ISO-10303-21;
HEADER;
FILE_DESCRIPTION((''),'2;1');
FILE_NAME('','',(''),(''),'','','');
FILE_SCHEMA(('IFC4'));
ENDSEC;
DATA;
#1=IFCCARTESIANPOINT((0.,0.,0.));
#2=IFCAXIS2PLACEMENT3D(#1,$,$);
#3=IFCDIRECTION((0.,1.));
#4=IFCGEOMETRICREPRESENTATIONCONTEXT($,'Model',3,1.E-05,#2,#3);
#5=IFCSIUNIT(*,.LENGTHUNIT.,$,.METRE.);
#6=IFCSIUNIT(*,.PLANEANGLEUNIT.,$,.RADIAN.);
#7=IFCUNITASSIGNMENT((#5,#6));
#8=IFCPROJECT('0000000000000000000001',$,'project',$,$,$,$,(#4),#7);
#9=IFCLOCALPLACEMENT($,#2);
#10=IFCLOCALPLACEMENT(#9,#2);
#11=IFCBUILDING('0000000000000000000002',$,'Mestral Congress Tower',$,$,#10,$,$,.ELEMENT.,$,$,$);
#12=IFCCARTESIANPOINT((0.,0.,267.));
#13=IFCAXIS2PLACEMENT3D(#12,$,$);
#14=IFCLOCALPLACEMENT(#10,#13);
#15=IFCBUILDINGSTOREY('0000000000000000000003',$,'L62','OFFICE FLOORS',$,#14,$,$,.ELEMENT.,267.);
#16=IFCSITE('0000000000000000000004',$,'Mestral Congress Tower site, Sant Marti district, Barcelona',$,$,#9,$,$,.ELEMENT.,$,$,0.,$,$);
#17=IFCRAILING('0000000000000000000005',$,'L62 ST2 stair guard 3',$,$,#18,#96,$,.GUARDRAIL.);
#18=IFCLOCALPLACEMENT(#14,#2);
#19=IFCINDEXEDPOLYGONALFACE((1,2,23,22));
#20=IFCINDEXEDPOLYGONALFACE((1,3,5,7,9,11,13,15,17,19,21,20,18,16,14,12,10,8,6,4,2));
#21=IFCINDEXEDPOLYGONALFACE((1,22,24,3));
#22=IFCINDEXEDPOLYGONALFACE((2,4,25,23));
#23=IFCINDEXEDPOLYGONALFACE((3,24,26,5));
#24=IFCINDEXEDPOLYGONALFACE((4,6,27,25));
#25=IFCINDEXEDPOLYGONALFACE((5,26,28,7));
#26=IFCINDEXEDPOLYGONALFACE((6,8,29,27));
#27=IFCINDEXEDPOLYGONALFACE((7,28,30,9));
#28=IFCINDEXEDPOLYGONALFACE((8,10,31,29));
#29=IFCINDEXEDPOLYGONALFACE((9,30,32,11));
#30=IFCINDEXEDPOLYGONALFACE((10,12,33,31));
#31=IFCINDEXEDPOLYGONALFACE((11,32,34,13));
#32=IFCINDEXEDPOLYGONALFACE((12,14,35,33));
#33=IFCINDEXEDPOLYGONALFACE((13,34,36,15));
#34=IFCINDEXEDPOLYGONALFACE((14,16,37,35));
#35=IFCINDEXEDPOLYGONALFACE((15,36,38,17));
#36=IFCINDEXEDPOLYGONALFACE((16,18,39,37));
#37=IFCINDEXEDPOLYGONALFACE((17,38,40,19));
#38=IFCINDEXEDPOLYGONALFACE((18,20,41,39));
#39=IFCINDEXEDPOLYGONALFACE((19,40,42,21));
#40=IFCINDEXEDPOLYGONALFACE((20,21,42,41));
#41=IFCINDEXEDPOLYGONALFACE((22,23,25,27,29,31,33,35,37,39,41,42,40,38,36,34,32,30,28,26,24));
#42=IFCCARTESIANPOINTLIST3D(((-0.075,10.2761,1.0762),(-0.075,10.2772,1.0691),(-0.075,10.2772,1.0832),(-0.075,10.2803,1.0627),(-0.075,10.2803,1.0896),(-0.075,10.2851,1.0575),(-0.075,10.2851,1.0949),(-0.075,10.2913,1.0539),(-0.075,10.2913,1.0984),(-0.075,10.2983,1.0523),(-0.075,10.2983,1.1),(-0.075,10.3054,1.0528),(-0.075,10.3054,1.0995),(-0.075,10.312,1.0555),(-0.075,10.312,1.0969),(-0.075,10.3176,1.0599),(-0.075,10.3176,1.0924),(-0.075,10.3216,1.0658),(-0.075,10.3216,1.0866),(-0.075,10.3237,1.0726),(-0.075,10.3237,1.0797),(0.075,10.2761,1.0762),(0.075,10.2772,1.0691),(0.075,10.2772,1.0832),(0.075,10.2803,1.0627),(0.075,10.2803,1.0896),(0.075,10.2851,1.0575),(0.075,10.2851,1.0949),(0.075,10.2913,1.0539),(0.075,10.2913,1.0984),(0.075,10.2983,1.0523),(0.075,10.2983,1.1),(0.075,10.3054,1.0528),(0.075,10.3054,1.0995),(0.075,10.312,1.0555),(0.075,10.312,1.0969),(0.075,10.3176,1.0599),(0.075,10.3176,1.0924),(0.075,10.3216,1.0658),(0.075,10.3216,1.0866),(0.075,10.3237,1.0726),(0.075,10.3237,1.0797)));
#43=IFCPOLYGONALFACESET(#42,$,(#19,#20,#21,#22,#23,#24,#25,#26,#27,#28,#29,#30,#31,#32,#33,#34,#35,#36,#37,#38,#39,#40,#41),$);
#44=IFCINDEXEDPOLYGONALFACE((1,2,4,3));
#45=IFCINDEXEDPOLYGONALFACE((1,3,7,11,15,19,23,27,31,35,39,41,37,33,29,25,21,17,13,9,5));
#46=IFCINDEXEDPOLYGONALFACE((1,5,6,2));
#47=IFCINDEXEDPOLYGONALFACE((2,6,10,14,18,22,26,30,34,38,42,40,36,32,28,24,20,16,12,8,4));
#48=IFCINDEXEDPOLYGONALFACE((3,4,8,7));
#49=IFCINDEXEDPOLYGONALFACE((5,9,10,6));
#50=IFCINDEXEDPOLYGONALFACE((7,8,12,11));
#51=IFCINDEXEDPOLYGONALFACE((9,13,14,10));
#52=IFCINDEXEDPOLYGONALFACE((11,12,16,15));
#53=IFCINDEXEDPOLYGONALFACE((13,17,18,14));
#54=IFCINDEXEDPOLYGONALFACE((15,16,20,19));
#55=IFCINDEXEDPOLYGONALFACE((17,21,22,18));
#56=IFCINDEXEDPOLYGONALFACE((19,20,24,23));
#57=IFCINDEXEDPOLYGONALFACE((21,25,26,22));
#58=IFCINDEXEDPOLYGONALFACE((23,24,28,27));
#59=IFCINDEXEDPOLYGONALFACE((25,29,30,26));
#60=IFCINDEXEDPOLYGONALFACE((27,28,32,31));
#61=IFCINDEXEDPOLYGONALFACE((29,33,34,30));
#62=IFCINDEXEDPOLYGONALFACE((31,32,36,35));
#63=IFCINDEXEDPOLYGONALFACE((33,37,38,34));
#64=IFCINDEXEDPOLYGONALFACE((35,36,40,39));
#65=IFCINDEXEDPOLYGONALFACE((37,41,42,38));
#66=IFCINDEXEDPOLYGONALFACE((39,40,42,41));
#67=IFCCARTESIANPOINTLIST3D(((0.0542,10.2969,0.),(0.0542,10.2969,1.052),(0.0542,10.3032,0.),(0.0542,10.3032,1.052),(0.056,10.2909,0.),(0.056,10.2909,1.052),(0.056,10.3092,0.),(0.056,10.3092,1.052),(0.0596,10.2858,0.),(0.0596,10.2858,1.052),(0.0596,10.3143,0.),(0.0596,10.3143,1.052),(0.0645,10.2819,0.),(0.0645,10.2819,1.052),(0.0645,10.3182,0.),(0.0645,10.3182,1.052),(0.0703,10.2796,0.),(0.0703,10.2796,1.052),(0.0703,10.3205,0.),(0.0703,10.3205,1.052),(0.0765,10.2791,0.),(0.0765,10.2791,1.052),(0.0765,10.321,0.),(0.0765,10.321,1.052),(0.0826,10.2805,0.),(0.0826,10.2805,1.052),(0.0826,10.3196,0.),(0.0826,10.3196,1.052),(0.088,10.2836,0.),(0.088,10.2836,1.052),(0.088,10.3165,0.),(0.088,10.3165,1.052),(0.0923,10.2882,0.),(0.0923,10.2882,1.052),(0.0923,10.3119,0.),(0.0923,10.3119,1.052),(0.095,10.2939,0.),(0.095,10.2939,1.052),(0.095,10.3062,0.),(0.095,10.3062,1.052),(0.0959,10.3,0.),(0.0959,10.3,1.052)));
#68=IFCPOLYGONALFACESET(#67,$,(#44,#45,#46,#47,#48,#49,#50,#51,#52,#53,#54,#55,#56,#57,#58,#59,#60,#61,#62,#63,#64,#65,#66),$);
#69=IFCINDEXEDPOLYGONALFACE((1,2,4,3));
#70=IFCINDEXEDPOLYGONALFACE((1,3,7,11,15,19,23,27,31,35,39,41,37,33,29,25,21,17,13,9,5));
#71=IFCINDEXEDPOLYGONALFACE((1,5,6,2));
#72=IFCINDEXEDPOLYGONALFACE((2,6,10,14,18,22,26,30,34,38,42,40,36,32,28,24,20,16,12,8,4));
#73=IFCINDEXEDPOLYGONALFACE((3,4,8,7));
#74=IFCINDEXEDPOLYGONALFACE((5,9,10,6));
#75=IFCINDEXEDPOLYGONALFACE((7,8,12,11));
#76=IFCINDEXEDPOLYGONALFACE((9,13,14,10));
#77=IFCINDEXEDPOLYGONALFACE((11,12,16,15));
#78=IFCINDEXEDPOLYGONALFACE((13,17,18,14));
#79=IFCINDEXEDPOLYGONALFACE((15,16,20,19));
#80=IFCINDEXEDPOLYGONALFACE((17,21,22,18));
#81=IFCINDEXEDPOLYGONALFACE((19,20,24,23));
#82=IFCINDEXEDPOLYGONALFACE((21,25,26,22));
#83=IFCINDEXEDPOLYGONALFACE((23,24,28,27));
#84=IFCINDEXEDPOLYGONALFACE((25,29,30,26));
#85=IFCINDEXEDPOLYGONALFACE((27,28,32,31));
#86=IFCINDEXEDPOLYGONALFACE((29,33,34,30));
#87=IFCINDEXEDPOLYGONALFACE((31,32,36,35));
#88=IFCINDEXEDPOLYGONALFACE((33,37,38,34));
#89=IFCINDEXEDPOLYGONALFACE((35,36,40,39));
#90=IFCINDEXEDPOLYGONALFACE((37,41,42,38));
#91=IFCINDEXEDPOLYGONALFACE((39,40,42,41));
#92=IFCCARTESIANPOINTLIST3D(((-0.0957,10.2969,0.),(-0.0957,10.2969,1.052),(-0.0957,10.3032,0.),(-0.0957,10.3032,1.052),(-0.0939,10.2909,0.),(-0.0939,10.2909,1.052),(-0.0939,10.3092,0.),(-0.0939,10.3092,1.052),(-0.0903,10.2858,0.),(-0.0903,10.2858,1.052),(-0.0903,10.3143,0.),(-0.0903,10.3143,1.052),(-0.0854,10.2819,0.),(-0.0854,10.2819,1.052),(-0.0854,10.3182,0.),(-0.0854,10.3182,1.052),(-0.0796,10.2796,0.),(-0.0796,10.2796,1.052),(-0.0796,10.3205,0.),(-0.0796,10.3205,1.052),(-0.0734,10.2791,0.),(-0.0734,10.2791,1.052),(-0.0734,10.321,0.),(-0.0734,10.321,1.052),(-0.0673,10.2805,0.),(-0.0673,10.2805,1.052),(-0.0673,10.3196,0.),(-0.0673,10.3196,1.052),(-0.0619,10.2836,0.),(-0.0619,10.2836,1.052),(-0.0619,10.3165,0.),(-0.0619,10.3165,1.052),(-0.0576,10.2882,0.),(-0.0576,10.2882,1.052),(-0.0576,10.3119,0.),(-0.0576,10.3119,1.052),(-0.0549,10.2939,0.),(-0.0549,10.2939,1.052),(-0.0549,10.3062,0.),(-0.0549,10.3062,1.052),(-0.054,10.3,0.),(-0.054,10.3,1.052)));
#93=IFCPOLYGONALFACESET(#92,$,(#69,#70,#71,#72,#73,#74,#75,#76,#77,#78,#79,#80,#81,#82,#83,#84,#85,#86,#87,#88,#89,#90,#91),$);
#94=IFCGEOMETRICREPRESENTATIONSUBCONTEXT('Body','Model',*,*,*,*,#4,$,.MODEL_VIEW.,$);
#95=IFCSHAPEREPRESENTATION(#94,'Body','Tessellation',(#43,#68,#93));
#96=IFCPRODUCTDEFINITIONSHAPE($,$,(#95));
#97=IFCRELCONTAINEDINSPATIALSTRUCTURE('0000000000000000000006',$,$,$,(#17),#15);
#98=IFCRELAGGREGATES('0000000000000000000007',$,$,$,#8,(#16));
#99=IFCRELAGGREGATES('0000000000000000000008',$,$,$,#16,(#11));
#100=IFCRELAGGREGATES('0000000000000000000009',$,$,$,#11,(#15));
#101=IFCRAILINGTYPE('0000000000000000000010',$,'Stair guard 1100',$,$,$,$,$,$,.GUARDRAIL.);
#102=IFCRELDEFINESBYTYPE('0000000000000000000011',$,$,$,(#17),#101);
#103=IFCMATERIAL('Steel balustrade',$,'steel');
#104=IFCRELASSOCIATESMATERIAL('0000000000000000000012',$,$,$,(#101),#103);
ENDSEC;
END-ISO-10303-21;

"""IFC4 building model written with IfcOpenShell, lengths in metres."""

from ifc_helpers import new_model, si_unit, direction, frame, origin, origin_2d, place, context, subcontext, project, spatial, circle, extrude, material, type_object, element, save


model = new_model("IFC4")

# Units and contexts
model_context = context("Model", 3, precision=1e-05, world=origin(), true_north=direction((0.0, 1.0)))
body_context = subcontext(model_context, "Body", "Model", "MODEL_VIEW")
ifc_project = project(units=[si_unit("LENGTHUNIT", "METRE"), si_unit("PLANEANGLEUNIT", "RADIAN")], contexts=[model_context])

# Site, building, storey
site_placement = place(None, origin())
site = spatial("IfcSite", under=ifc_project, at=site_placement, Name="Mestral Congress Tower site, Sant Marti district, Barcelona", CompositionType="ELEMENT", RefElevation=0.0)
building_placement = place(site_placement, origin())
building = spatial("IfcBuilding", under=site, at=building_placement, Name="Mestral Congress Tower", CompositionType="ELEMENT")
storey_placement = place(building_placement, frame((0.0, 0.0, 267.0)))
storey = spatial("IfcBuildingStorey", under=building, at=storey_placement, Name="L62", Description="OFFICE FLOORS", CompositionType="ELEMENT", Elevation=267.0)

# Railing
ifc_material_1 = material(Name="Steel balustrade", Category="steel")
railing_type_1 = type_object("IfcRailingType", Name="Stair guard 1100", PredefinedType="GUARDRAIL", material=ifc_material_1)
railing_1_placement = place(storey_placement, frame((0.075, 10.3, 0.0)))
element("IfcRailing", 1, at=railing_1_placement, inside=storey, type_object=railing_type_1, Name="L62 ST2 stair guard 3", PredefinedType="GUARDRAIL", context=body_context, shape_type="SweptSolid", body=[
    extrude(circle(Radius=0.0239, at=origin_2d()), frame((0.0, 0.0, 1.0762), z_axis=(-1.0, 0.0, 0.0), x_axis=(0.0, -1.0, 0.0)), (0.0, 0.0, 1.0), 0.1499),
    extrude(circle(Radius=0.021, at=origin_2d()), origin(), (0.0, 0.0, 1.0), 1.052),
    extrude(circle(Radius=0.021, at=origin_2d()), frame((-0.1499, 0.0, 0.0)), (0.0, 0.0, 1.0), 1.052),
])

save(model, "model.ifc")
